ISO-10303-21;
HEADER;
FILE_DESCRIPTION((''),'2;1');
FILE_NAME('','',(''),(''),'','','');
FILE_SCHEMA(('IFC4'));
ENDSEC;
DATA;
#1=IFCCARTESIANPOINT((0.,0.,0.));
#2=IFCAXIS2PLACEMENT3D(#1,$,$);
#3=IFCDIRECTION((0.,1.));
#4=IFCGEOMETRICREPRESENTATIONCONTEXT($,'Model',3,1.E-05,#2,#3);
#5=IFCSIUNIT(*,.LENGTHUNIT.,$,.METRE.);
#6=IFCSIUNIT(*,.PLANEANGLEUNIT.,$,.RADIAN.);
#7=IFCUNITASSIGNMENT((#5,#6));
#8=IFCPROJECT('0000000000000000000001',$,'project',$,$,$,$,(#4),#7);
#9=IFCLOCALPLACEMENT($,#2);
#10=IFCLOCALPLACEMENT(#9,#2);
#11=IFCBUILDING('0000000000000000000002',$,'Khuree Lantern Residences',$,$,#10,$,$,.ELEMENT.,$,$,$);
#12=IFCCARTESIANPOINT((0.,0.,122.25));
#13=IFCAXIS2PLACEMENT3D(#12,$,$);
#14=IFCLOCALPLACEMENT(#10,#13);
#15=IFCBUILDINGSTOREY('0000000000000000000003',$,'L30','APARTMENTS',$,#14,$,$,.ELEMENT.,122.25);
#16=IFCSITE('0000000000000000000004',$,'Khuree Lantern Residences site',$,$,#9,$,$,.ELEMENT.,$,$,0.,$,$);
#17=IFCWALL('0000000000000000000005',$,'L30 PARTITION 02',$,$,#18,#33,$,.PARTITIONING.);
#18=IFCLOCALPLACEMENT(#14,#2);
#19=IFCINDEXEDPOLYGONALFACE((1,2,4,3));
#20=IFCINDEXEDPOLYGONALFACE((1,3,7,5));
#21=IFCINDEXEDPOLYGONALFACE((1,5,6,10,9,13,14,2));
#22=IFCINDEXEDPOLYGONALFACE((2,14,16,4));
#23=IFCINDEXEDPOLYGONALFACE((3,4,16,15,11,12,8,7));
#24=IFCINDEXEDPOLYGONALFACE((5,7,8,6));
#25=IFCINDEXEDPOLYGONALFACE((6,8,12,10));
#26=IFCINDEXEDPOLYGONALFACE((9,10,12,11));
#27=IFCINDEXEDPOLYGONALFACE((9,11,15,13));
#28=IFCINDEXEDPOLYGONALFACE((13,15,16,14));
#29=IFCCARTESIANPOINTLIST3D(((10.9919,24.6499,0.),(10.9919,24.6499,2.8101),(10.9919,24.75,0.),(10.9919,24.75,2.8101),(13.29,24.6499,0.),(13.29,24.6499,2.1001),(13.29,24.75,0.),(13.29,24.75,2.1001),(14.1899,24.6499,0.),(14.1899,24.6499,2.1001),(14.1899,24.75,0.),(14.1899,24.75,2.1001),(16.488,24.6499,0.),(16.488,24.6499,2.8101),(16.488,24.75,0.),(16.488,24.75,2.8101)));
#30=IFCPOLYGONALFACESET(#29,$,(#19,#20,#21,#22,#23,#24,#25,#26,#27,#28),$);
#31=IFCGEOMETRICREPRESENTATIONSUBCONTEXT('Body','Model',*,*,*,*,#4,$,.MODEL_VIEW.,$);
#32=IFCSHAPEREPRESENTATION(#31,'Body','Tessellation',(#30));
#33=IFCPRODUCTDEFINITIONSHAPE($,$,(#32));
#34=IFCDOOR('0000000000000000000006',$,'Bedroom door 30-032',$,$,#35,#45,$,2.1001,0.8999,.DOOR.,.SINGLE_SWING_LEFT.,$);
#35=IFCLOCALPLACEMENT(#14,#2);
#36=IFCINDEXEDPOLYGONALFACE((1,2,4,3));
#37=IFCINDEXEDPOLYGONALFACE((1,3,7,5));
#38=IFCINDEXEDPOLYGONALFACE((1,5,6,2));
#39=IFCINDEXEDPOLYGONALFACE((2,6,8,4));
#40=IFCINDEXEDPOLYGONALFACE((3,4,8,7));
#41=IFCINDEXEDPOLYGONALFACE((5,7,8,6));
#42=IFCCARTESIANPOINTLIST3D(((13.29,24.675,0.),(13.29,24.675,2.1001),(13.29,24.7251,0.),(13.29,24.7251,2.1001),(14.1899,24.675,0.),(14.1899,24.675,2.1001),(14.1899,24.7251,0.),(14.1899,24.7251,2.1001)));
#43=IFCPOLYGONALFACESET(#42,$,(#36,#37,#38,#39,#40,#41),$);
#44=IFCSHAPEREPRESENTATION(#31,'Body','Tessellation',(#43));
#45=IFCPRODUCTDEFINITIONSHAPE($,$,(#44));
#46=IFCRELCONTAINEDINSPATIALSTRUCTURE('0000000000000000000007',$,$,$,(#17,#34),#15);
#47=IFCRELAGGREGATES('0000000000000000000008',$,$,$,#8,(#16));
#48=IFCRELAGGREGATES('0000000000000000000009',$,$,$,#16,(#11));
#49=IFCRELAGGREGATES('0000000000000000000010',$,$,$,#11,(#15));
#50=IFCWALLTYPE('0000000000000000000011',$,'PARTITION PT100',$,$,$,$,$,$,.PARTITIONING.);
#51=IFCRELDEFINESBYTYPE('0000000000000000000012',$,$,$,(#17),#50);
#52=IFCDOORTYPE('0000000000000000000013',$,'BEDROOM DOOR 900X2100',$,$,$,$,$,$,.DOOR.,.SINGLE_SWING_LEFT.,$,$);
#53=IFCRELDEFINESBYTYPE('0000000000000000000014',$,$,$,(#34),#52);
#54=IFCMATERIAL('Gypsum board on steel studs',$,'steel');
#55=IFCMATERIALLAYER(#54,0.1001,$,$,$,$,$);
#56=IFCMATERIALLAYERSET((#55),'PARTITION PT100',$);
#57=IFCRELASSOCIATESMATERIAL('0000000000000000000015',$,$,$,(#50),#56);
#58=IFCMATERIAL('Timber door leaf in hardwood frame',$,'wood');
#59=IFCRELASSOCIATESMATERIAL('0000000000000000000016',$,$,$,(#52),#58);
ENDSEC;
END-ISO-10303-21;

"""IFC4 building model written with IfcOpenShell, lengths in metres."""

from ifc_helpers import new_model, si_unit, direction, frame, frame_2d, origin, place, context, subcontext, project, spatial, rectangle, extrude, material, layer, layer_set, type_object, element, fill, save


model = new_model("IFC4")

# Units and contexts
model_context = context("Model", 3, precision=1e-05, world=origin(), true_north=direction((0.0, 1.0)))
body_context = subcontext(model_context, "Body", "Model", "MODEL_VIEW")
ifc_project = project(units=[si_unit("LENGTHUNIT", "METRE"), si_unit("PLANEANGLEUNIT", "RADIAN")], contexts=[model_context])

# Site, building, storey
site_placement = place(None, origin())
site = spatial("IfcSite", under=ifc_project, at=site_placement, Name="Khuree Lantern Residences site", CompositionType="ELEMENT", RefElevation=0.0)
building_placement = place(site_placement, origin())
building = spatial("IfcBuilding", under=site, at=building_placement, Name="Khuree Lantern Residences", CompositionType="ELEMENT")
storey_placement = place(building_placement, frame((0.0, 0.0, 122.25)))
storey = spatial("IfcBuildingStorey", under=building, at=storey_placement, Name="L30", Description="APARTMENTS", CompositionType="ELEMENT", Elevation=122.25)

# Shared definitions
ifc_material_1 = material(Name="Timber door leaf in hardwood frame", Category="wood")

# Shared definitions
ifc_material_2 = material(Name="Gypsum board on steel studs", Category="steel")
ifc_layer_1 = layer(ifc_material_2, 0.1001)
ifc_layer_set_1 = layer_set([ifc_layer_1], Name="PARTITION PT100")
wall_type_1 = type_object("IfcWallType", Name="PARTITION PT100", PredefinedType="PARTITIONING", material=ifc_layer_set_1)

# Wall, opening, door
wall_1_placement = place(storey_placement, frame((16.488, 24.7, 0.0), z_axis=(0.0, 0.0, 1.0), x_axis=(-1.0, 0.0, 0.0)))
wall_1 = element("IfcWall", 1, at=wall_1_placement, inside=storey, type_object=wall_type_1, Name="L30 PARTITION 02", PredefinedType="PARTITIONING", context=body_context, shape_type="SweptSolid", body=[
    extrude(rectangle(XDim=5.4961, YDim=0.1001, at=frame_2d((2.748, 0.0))), origin(), (0.0, 0.0, 1.0), 2.8101),
])
opening_1_placement = place(wall_1_placement, frame((2.2981, 0.0, 0.0)))
opening_1 = element("IfcOpeningElement", 2, at=opening_1_placement, cuts=wall_1, PredefinedType="OPENING", context=body_context, shape_type="SweptSolid", body=[
    extrude(rectangle(XDim=0.8999, YDim=2.1001, at=frame_2d((0.45, 1.05))), frame((0.0, 0.0601, 0.0), z_axis=(0.0, -1.0, 0.0), x_axis=(1.0, 0.0, 0.0)), (0.0, 0.0, 1.0), 0.1201),
])
door_type_1 = type_object("IfcDoorType", Name="BEDROOM DOOR 900X2100", OperationType="SINGLE_SWING_LEFT", PredefinedType="DOOR", material=ifc_material_1)
door_1_placement = place(opening_1_placement, origin())
door_1 = element("IfcDoor", 3, at=door_1_placement, inside=storey, type_object=door_type_1, Name="Bedroom door 30-032", OperationType="SINGLE_SWING_LEFT", OverallHeight=2.1001, OverallWidth=0.8999, PredefinedType="DOOR", context=body_context, shape_type="SweptSolid", body=[
    extrude(rectangle(XDim=0.8999, YDim=2.1001, at=frame_2d((0.45, 1.05))), frame((0.0, 0.0249, 0.0), z_axis=(0.0, -1.0, 0.0), x_axis=(1.0, 0.0, 0.0)), (0.0, 0.0, 1.0), 0.05),
])
fill(opening_1, door_1)

save(model, "model.ifc")
